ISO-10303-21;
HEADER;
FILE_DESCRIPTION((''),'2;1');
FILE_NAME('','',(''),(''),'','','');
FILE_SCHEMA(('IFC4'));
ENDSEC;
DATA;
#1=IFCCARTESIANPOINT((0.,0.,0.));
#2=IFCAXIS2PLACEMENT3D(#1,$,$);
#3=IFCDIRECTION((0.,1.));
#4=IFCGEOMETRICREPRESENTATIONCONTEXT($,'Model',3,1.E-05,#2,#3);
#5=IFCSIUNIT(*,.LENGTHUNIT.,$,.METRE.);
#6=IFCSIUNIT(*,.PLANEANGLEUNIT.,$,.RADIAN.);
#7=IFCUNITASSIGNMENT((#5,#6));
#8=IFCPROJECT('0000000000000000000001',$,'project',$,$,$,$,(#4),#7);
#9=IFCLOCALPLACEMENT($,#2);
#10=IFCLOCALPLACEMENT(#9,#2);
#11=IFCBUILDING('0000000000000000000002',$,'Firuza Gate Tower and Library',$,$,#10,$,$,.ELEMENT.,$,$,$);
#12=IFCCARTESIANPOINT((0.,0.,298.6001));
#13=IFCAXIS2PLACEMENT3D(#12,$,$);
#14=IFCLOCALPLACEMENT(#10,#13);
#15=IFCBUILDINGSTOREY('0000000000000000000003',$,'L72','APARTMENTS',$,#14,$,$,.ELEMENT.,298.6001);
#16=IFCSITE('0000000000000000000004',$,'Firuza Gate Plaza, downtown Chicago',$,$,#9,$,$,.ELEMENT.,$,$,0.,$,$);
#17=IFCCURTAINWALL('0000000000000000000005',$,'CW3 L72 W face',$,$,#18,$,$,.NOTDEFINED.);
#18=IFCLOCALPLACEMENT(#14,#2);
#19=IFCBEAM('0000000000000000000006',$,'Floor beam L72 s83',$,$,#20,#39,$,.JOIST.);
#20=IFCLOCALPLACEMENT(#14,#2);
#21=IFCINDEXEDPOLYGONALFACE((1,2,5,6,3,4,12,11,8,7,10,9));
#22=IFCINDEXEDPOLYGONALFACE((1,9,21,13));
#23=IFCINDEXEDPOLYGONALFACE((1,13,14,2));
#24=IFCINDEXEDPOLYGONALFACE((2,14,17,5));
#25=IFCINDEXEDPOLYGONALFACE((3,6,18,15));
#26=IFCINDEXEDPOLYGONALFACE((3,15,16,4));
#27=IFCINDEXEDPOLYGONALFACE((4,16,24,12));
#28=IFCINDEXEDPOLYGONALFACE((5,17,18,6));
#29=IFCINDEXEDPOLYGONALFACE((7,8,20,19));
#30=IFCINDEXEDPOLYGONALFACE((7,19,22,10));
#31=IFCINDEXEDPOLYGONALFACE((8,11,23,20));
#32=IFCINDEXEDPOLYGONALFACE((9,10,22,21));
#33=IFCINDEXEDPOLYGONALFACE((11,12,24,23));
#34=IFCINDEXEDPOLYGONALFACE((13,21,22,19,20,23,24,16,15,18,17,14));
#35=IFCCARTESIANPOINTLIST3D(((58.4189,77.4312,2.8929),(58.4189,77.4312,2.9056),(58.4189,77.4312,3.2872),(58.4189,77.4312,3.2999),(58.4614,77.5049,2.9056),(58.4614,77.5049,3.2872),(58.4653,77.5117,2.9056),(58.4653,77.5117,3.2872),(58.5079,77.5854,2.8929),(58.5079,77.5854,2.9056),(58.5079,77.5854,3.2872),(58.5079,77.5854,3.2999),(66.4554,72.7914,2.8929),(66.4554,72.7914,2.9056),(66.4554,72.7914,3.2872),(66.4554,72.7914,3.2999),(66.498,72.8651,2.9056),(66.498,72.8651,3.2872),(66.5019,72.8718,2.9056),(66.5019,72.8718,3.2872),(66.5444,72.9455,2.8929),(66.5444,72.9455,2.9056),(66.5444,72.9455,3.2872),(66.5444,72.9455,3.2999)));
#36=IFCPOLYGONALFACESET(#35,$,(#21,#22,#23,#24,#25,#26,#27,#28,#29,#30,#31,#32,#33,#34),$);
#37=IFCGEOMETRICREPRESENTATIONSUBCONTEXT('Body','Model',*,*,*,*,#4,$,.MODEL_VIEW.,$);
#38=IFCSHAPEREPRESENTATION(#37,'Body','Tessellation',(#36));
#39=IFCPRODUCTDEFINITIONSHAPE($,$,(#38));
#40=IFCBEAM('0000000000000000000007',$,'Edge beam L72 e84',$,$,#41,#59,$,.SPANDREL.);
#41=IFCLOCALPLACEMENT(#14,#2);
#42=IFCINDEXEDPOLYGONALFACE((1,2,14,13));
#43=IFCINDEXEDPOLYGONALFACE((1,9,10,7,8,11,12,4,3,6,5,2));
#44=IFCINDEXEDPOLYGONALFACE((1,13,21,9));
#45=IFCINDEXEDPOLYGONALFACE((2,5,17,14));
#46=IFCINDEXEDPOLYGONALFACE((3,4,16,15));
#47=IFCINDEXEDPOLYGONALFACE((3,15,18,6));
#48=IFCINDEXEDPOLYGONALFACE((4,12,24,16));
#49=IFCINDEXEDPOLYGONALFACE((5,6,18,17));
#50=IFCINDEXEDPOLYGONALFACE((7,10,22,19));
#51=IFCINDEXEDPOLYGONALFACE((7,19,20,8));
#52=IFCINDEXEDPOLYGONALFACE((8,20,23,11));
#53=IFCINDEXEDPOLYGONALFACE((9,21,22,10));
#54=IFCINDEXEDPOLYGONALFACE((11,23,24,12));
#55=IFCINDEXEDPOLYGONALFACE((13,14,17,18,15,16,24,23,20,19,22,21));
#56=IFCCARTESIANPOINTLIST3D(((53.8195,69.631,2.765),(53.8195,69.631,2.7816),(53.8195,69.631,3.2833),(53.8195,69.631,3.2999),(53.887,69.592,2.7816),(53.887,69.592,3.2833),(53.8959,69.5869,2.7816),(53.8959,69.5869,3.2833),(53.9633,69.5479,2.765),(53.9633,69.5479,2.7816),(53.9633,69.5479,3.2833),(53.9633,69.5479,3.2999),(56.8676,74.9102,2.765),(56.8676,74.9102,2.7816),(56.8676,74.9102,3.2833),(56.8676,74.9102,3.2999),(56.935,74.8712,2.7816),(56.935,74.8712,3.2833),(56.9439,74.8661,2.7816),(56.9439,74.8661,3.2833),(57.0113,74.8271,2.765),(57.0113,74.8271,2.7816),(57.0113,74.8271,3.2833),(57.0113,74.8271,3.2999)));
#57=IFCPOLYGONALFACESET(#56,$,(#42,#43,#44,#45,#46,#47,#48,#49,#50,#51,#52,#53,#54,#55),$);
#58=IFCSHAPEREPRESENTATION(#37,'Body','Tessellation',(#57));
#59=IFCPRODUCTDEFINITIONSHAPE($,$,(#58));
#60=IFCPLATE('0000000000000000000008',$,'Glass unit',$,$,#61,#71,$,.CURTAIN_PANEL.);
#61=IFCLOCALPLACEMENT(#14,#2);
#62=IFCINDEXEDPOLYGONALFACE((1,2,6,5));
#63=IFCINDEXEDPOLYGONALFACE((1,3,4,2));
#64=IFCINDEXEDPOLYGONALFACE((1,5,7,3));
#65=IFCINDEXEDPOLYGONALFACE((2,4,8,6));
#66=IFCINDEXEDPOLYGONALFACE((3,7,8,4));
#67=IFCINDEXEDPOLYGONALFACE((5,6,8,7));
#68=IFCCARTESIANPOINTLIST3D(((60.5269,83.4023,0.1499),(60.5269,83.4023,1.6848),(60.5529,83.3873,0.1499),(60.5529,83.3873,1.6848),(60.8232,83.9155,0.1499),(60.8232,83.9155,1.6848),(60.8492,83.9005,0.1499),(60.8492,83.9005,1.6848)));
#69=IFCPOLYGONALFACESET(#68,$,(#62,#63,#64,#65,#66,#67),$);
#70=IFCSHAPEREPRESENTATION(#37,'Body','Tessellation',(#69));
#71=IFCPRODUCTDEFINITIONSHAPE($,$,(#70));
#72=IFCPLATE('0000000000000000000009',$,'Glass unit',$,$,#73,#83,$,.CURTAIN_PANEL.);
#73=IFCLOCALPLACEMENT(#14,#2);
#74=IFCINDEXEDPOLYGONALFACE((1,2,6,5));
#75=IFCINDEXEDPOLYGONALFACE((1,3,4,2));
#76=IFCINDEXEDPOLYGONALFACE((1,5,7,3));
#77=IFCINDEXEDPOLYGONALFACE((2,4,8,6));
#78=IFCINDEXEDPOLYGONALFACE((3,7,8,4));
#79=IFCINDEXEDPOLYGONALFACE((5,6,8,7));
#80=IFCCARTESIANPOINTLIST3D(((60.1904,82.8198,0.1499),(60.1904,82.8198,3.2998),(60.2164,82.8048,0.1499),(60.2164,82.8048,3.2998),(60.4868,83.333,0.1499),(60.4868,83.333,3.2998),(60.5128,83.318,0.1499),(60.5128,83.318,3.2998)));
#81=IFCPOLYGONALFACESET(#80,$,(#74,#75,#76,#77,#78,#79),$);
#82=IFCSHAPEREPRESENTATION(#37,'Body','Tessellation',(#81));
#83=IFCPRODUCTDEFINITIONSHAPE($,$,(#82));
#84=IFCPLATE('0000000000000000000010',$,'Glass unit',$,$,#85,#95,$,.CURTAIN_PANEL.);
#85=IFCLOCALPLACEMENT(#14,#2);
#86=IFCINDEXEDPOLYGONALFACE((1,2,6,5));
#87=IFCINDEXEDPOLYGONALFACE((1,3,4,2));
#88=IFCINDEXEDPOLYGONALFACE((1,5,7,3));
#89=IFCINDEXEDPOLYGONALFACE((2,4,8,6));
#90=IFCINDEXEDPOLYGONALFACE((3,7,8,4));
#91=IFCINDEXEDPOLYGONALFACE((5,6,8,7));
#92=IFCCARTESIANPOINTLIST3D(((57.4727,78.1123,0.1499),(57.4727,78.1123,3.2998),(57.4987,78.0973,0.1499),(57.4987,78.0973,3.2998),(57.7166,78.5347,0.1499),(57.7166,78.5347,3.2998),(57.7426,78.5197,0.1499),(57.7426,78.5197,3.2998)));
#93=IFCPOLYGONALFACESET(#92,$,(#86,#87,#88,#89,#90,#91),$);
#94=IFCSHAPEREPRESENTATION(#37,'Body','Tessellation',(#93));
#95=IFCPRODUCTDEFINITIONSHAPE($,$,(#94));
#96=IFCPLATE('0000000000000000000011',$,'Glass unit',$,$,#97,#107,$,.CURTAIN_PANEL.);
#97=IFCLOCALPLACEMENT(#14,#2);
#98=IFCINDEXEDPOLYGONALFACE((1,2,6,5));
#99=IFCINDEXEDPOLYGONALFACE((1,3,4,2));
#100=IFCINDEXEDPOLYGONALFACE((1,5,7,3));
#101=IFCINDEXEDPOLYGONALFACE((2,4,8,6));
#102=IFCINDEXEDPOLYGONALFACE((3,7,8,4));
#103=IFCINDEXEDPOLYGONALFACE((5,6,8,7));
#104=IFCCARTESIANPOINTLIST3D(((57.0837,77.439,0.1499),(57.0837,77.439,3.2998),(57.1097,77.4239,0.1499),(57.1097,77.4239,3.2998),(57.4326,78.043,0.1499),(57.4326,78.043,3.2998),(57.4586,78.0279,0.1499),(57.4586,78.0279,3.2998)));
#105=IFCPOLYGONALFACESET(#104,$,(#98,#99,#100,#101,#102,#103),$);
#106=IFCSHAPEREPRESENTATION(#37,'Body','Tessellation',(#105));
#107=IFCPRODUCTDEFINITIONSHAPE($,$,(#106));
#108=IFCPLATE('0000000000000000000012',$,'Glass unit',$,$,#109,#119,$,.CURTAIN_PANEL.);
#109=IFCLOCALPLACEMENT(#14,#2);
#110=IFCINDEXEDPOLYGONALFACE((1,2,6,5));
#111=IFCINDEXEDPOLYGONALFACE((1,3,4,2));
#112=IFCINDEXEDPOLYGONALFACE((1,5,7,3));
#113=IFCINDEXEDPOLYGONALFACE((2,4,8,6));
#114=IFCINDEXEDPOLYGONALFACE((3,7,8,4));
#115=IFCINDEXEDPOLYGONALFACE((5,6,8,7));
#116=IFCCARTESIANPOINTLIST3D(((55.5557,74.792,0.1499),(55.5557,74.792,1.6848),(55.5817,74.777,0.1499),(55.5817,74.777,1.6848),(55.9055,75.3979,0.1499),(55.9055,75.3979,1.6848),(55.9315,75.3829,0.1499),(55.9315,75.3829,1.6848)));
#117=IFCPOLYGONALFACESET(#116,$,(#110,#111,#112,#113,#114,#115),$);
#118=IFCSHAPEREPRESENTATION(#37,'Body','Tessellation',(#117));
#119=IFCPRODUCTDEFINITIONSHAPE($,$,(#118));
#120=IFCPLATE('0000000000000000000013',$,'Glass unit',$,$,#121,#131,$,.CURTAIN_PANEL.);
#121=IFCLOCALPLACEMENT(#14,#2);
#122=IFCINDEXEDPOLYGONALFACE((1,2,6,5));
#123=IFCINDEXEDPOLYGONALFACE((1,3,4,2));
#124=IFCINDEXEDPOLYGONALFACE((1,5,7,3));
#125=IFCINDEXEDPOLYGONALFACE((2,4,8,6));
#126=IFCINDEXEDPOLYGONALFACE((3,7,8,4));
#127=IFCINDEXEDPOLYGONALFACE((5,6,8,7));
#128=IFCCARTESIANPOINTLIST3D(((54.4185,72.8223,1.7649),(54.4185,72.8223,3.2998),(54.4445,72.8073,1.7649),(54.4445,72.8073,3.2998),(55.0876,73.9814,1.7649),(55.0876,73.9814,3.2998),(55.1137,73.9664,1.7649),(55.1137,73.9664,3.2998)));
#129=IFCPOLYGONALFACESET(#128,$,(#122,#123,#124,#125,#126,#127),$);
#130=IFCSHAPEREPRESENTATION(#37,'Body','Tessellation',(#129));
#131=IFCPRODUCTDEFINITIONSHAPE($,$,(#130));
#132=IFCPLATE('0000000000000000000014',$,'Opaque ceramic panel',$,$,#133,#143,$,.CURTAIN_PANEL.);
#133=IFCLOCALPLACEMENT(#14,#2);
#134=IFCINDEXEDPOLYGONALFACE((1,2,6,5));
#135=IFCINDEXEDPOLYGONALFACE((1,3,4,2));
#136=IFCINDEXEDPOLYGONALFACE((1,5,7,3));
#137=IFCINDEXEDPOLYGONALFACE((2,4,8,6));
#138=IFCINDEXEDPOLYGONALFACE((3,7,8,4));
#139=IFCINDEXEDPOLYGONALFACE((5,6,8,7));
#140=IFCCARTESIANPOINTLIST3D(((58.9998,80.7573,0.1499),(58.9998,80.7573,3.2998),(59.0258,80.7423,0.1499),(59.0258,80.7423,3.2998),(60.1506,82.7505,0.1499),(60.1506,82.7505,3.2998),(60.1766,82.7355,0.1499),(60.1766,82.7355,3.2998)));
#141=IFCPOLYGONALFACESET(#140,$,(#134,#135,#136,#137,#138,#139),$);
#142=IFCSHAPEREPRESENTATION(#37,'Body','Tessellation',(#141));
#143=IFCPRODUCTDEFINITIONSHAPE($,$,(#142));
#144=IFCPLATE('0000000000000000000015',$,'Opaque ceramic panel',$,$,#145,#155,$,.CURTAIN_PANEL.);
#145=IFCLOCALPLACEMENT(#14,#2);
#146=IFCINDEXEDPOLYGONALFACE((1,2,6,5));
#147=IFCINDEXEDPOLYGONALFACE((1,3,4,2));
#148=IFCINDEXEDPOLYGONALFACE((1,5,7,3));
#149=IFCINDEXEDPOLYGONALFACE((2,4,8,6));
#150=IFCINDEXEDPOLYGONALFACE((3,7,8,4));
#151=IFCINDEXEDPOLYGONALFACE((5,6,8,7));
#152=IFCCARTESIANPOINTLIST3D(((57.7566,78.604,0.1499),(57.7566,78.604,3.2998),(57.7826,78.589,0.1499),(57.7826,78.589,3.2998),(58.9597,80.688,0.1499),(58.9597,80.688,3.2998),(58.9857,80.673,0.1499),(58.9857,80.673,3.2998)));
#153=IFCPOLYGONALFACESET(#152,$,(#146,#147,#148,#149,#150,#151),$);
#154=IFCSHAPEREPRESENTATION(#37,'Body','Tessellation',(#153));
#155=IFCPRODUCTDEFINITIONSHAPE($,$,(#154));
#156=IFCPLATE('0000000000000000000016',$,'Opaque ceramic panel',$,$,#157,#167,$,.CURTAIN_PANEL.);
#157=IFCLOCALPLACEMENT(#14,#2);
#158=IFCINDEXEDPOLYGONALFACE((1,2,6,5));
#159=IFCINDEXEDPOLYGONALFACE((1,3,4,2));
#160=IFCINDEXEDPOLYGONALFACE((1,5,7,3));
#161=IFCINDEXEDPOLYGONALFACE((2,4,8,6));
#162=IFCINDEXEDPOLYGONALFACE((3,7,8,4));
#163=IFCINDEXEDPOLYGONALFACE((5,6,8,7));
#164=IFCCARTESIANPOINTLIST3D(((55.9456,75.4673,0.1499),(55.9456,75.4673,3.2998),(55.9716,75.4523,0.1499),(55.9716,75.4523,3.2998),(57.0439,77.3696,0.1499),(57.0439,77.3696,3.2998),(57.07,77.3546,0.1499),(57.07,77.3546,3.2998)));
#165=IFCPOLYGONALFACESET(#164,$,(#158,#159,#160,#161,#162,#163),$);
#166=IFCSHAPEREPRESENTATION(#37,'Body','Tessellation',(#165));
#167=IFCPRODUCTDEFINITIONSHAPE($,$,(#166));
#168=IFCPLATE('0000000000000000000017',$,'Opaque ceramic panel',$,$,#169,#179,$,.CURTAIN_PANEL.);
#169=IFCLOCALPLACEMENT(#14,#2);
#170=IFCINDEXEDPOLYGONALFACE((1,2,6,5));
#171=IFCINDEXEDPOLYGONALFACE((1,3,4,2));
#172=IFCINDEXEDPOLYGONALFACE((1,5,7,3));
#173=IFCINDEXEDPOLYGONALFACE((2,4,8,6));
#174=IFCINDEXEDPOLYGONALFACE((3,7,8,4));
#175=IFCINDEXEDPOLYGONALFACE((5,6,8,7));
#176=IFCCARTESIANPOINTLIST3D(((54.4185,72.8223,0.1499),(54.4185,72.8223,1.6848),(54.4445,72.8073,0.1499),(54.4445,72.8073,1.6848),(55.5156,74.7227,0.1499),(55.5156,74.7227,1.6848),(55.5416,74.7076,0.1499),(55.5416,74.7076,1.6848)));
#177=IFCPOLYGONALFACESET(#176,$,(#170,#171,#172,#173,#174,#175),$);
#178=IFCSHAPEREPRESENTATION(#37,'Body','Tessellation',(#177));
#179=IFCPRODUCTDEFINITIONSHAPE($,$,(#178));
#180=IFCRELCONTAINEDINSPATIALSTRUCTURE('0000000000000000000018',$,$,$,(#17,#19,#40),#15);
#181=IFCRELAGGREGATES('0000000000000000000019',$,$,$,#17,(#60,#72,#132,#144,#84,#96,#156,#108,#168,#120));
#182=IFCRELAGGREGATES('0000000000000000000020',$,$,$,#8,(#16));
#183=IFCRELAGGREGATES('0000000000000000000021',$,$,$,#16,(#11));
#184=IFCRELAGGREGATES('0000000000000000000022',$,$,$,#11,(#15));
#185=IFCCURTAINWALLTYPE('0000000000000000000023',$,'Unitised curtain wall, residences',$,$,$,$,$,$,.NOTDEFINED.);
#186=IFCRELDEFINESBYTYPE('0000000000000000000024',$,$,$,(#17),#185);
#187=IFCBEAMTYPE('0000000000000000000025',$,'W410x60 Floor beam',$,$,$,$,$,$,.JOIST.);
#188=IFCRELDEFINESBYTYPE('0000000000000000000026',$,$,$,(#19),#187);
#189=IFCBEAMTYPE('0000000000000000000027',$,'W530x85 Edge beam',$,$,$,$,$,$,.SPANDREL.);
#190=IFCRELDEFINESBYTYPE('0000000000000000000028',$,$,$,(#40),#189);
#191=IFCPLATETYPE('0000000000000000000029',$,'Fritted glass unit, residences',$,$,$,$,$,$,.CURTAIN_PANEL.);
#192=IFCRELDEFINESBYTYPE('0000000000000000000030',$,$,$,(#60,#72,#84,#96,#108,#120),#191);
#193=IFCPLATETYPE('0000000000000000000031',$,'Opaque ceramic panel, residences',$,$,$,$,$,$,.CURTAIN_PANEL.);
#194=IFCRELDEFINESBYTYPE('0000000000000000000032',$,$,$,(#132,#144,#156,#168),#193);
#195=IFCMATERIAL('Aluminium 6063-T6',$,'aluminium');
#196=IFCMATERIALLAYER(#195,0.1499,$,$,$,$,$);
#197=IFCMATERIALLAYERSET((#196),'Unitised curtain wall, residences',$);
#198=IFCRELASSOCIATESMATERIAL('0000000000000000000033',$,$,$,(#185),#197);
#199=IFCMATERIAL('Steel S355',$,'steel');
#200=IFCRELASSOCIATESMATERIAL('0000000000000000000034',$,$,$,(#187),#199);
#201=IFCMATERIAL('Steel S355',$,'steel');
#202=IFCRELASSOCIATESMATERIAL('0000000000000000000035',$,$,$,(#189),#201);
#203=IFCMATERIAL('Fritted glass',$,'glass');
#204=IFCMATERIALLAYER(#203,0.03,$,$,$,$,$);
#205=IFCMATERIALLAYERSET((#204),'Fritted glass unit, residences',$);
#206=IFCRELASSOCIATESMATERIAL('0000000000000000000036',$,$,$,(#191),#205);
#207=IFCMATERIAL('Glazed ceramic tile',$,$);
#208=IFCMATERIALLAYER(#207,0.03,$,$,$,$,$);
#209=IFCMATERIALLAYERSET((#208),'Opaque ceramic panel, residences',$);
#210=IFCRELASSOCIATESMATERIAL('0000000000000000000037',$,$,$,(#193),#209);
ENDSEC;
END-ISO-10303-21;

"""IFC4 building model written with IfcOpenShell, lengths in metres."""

from ifc_helpers import new_model, si_unit, direction, frame, origin, origin_2d, place, context, subcontext, project, spatial, polyline, i_section, outline, extrude, material, layer, layer_set, material_profile, profile_set, type_object, element, aggregate, save


model = new_model("IFC4")

# Units and contexts
model_context = context("Model", 3, precision=1e-05, world=origin(), true_north=direction((0.0, 1.0)))
body_context = subcontext(model_context, "Body", "Model", "MODEL_VIEW")
ifc_project = project(units=[si_unit("LENGTHUNIT", "METRE"), si_unit("PLANEANGLEUNIT", "RADIAN")], contexts=[model_context])

# Site, building, storey
site_placement = place(None, origin())
site = spatial("IfcSite", under=ifc_project, at=site_placement, Name="Firuza Gate Plaza, downtown Chicago", CompositionType="ELEMENT", RefElevation=0.0)
building_placement = place(site_placement, origin())
building = spatial("IfcBuilding", under=site, at=building_placement, Name="Firuza Gate Tower and Library", CompositionType="ELEMENT")
storey_placement = place(building_placement, frame((0.0, 0.0, 298.6001)))
storey = spatial("IfcBuildingStorey", under=building, at=storey_placement, Name="L72", Description="APARTMENTS", CompositionType="ELEMENT", Elevation=298.6001)

# Curtain wall
ifc_material_1 = material(Name="Aluminium 6063-T6", Category="aluminium")
ifc_layer_1 = layer(ifc_material_1, 0.1499)
ifc_layer_set_1 = layer_set([ifc_layer_1], Name="Unitised curtain wall, residences")
curtain_wall_type = type_object("IfcCurtainWallType", Name="Unitised curtain wall, residences", PredefinedType="NOTDEFINED", material=ifc_layer_set_1)
curtain_wall_placement = place(storey_placement, origin())
curtain_wall = element("IfcCurtainWall", 1, at=curtain_wall_placement, inside=storey, type_object=curtain_wall_type, Name="CW3 L72 W face", PredefinedType="NOTDEFINED")

# Beams
ifc_material_2 = material(Name="Steel S355", Category="steel")
ifc_material_profile_1 = material_profile(ifc_material_2, i_section(OverallWidth=0.178, OverallDepth=0.407, WebThickness=0.0078, FlangeThickness=0.0127, at=origin_2d()))
ifc_profile_set_1 = profile_set([ifc_material_profile_1], Name="Steel S355")
beam_type_1 = type_object("IfcBeamType", Name="W410x60 Floor beam", PredefinedType="JOIST", material=ifc_profile_set_1)
beam_1_placement = place(storey_placement, frame((58.4634, 77.5083, 3.0964), z_axis=(0.866028, -0.499996, 0.0), x_axis=(0.499996, 0.866028, 0.0)))
element("IfcBeam", 2, at=beam_1_placement, inside=storey, type_object=beam_type_1, Name="Floor beam L72 s83", PredefinedType="JOIST", context=body_context, shape_type="SweptSolid", body=[
    extrude(i_section(OverallWidth=0.178, OverallDepth=0.407, WebThickness=0.0078, FlangeThickness=0.0127, at=origin_2d()), origin(), (0.0, 0.0, 1.0), 9.2798),
])
ifc_material_3 = material(Name="Steel S355", Category="steel")
ifc_material_profile_2 = material_profile(ifc_material_3, i_section(OverallWidth=0.166, OverallDepth=0.5349, WebThickness=0.0103, FlangeThickness=0.0166, at=origin_2d()))
ifc_profile_set_2 = profile_set([ifc_material_profile_2], Name="Steel S355")
beam_type_2 = type_object("IfcBeamType", Name="W530x85 Edge beam", PredefinedType="SPANDREL", material=ifc_profile_set_2)
beam_2_placement = place(storey_placement, frame((56.9395, 74.8687, 3.0325), z_axis=(-0.500011, -0.866019, 0.0), x_axis=(0.866019, -0.500011, 0.0)))
element("IfcBeam", 3, at=beam_2_placement, inside=storey, type_object=beam_type_2, Name="Edge beam L72 e84", PredefinedType="SPANDREL", context=body_context, shape_type="SweptSolid", body=[
    extrude(i_section(OverallWidth=0.166, OverallDepth=0.5349, WebThickness=0.0103, FlangeThickness=0.0166, at=origin_2d()), origin(), (0.0, 0.0, 1.0), 6.0959),
])

# Plates
ifc_material_4 = material(Name="Fritted glass", Category="glass")
ifc_layer_2 = layer(ifc_material_4, 0.03)
ifc_layer_set_2 = layer_set([ifc_layer_2], Name="Fritted glass unit, residences")
plate_type_1 = type_object("IfcPlateType", Name="Fritted glass unit, residences", PredefinedType="CURTAIN_PANEL", material=ifc_layer_set_2)
plate_1_placement = place(storey_placement, frame((60.8232, 83.9155, 0.1499), z_axis=(-0.865952, 0.500127, 0.0), x_axis=(-0.500127, -0.865952, 0.0)))
plate_1 = element("IfcPlate", 4, at=plate_1_placement, type_object=plate_type_1, Name="Glass unit", PredefinedType="CURTAIN_PANEL", context=body_context, shape_type="SweptSolid", body=[
    extrude(outline(polyline([(0.0, 0.0), (0.5926, 0.0), (0.5926, 1.5349), (0.0, 1.5349), (0.0, 0.0)])), origin(), (0.0, 0.0, -1.0), 0.03),
])
plate_2_placement = place(storey_placement, frame((60.4868, 83.333, 0.1499), z_axis=(-0.865952, 0.500127, 0.0), x_axis=(-0.500127, -0.865952, 0.0)))
plate_2 = element("IfcPlate", 5, at=plate_2_placement, type_object=plate_type_1, Name="Glass unit", PredefinedType="CURTAIN_PANEL", context=body_context, shape_type="SweptSolid", body=[
    extrude(outline(polyline([(0.0, 0.0), (0.5926, 0.0), (0.5926, 3.1499), (0.0, 3.1499), (0.0, 0.0)])), origin(), (0.0, 0.0, -1.0), 0.03),
])
plate_3_placement = place(storey_placement, frame((57.7166, 78.5347, 0.1499), z_axis=(-0.865986, 0.500069, 0.0), x_axis=(-0.500069, -0.865986, 0.0)))
plate_3 = element("IfcPlate", 6, at=plate_3_placement, type_object=plate_type_1, Name="Glass unit", PredefinedType="CURTAIN_PANEL", context=body_context, shape_type="SweptSolid", body=[
    extrude(outline(polyline([(0.0, 0.0), (0.4877, 0.0), (0.4877, 3.1499), (0.0, 3.1499), (0.0, 0.0)])), origin(), (0.0, 0.0, -1.0), 0.03),
])
plate_4_placement = place(storey_placement, frame((57.4326, 78.043, 0.1499), z_axis=(-0.865929, 0.500167, 0.0), x_axis=(-0.500167, -0.865929, 0.0)))
plate_4 = element("IfcPlate", 7, at=plate_4_placement, type_object=plate_type_1, Name="Glass unit", PredefinedType="CURTAIN_PANEL", context=body_context, shape_type="SweptSolid", body=[
    extrude(outline(polyline([(0.0, 0.0), (0.6975, 0.0), (0.6975, 3.1499), (0.0, 3.1499), (0.0, 0.0)])), origin(), (0.0, 0.0, -1.0), 0.03),
])
plate_5_placement = place(storey_placement, frame((55.9055, 75.3979, 0.1499), z_axis=(-0.866023, 0.500004, 0.0), x_axis=(-0.500004, -0.866023, 0.0)))
plate_5 = element("IfcPlate", 8, at=plate_5_placement, type_object=plate_type_1, Name="Glass unit", PredefinedType="CURTAIN_PANEL", context=body_context, shape_type="SweptSolid", body=[
    extrude(outline(polyline([(0.0, 0.0), (0.6997, 0.0), (0.6997, 1.5349), (0.0, 1.5349), (0.0, 0.0)])), origin(), (0.0, 0.0, -1.0), 0.03),
])
plate_6_placement = place(storey_placement, frame((55.0876, 73.9814, 1.7649), z_axis=(-0.866046, 0.499965, 0.0), x_axis=(-0.499965, -0.866046, 0.0)))
plate_6 = element("IfcPlate", 9, at=plate_6_placement, type_object=plate_type_1, Name="Glass unit", PredefinedType="CURTAIN_PANEL", context=body_context, shape_type="SweptSolid", body=[
    extrude(outline(polyline([(0.0, 0.0), (1.3385, 0.0), (1.3385, 1.5349), (0.0, 1.5349), (0.0, 0.0)])), origin(), (0.0, 0.0, -1.0), 0.03),
])
ifc_material_5 = material(Name="Glazed ceramic tile")
ifc_layer_3 = layer(ifc_material_5, 0.03)
ifc_layer_set_3 = layer_set([ifc_layer_3], Name="Opaque ceramic panel, residences")
plate_type_2 = type_object("IfcPlateType", Name="Opaque ceramic panel, residences", PredefinedType="CURTAIN_PANEL", material=ifc_layer_set_3)
plate_7_placement = place(storey_placement, frame((60.1506, 82.7505, 0.1499), z_axis=(-0.866002, 0.500041, 0.0), x_axis=(-0.500041, -0.866002, 0.0)))
plate_7 = element("IfcPlate", 10, at=plate_7_placement, type_object=plate_type_2, Name="Opaque ceramic panel", PredefinedType="CURTAIN_PANEL", context=body_context, shape_type="SweptSolid", body=[
    extrude(outline(polyline([(0.0, 0.0), (2.3016, 0.0), (2.3016, 3.1499), (0.0, 3.1499), (0.0, 0.0)])), origin(), (0.0, 0.0, -1.0), 0.03),
])
plate_8_placement = place(storey_placement, frame((58.9597, 80.688, 0.1499), z_axis=(-0.866037, 0.49998, 0.0), x_axis=(-0.49998, -0.866037, 0.0)))
plate_8 = element("IfcPlate", 11, at=plate_8_placement, type_object=plate_type_2, Name="Opaque ceramic panel", PredefinedType="CURTAIN_PANEL", context=body_context, shape_type="SweptSolid", body=[
    extrude(outline(polyline([(0.0, 0.0), (2.4063, 0.0), (2.4063, 3.1499), (0.0, 3.1499), (0.0, 0.0)])), origin(), (0.0, 0.0, -1.0), 0.03),
])
plate_9_placement = place(storey_placement, frame((57.0439, 77.3696, 0.1499), z_axis=(-0.866012, 0.500024, 0.0), x_axis=(-0.500024, -0.866012, 0.0)))
plate_9 = element("IfcPlate", 12, at=plate_9_placement, type_object=plate_type_2, Name="Opaque ceramic panel", PredefinedType="CURTAIN_PANEL", context=body_context, shape_type="SweptSolid", body=[
    extrude(outline(polyline([(0.0, 0.0), (2.1967, 0.0), (2.1967, 3.1499), (0.0, 3.1499), (0.0, 0.0)])), origin(), (0.0, 0.0, -1.0), 0.03),
])
plate_10_placement = place(storey_placement, frame((55.5156, 74.7227, 0.1499), z_axis=(-0.86603, 0.499992, 0.0), x_axis=(-0.499992, -0.86603, 0.0)))
plate_10 = element("IfcPlate", 13, at=plate_10_placement, type_object=plate_type_2, Name="Opaque ceramic panel", PredefinedType="CURTAIN_PANEL", context=body_context, shape_type="SweptSolid", body=[
    extrude(outline(polyline([(0.0, 0.0), (2.1944, 0.0), (2.1944, 1.5349), (0.0, 1.5349), (0.0, 0.0)])), origin(), (0.0, 0.0, -1.0), 0.03),
])
aggregate(curtain_wall, [plate_1, plate_2, plate_7, plate_8, plate_3, plate_4, plate_9, plate_5, plate_10, plate_6])

save(model, "model.ifc")
